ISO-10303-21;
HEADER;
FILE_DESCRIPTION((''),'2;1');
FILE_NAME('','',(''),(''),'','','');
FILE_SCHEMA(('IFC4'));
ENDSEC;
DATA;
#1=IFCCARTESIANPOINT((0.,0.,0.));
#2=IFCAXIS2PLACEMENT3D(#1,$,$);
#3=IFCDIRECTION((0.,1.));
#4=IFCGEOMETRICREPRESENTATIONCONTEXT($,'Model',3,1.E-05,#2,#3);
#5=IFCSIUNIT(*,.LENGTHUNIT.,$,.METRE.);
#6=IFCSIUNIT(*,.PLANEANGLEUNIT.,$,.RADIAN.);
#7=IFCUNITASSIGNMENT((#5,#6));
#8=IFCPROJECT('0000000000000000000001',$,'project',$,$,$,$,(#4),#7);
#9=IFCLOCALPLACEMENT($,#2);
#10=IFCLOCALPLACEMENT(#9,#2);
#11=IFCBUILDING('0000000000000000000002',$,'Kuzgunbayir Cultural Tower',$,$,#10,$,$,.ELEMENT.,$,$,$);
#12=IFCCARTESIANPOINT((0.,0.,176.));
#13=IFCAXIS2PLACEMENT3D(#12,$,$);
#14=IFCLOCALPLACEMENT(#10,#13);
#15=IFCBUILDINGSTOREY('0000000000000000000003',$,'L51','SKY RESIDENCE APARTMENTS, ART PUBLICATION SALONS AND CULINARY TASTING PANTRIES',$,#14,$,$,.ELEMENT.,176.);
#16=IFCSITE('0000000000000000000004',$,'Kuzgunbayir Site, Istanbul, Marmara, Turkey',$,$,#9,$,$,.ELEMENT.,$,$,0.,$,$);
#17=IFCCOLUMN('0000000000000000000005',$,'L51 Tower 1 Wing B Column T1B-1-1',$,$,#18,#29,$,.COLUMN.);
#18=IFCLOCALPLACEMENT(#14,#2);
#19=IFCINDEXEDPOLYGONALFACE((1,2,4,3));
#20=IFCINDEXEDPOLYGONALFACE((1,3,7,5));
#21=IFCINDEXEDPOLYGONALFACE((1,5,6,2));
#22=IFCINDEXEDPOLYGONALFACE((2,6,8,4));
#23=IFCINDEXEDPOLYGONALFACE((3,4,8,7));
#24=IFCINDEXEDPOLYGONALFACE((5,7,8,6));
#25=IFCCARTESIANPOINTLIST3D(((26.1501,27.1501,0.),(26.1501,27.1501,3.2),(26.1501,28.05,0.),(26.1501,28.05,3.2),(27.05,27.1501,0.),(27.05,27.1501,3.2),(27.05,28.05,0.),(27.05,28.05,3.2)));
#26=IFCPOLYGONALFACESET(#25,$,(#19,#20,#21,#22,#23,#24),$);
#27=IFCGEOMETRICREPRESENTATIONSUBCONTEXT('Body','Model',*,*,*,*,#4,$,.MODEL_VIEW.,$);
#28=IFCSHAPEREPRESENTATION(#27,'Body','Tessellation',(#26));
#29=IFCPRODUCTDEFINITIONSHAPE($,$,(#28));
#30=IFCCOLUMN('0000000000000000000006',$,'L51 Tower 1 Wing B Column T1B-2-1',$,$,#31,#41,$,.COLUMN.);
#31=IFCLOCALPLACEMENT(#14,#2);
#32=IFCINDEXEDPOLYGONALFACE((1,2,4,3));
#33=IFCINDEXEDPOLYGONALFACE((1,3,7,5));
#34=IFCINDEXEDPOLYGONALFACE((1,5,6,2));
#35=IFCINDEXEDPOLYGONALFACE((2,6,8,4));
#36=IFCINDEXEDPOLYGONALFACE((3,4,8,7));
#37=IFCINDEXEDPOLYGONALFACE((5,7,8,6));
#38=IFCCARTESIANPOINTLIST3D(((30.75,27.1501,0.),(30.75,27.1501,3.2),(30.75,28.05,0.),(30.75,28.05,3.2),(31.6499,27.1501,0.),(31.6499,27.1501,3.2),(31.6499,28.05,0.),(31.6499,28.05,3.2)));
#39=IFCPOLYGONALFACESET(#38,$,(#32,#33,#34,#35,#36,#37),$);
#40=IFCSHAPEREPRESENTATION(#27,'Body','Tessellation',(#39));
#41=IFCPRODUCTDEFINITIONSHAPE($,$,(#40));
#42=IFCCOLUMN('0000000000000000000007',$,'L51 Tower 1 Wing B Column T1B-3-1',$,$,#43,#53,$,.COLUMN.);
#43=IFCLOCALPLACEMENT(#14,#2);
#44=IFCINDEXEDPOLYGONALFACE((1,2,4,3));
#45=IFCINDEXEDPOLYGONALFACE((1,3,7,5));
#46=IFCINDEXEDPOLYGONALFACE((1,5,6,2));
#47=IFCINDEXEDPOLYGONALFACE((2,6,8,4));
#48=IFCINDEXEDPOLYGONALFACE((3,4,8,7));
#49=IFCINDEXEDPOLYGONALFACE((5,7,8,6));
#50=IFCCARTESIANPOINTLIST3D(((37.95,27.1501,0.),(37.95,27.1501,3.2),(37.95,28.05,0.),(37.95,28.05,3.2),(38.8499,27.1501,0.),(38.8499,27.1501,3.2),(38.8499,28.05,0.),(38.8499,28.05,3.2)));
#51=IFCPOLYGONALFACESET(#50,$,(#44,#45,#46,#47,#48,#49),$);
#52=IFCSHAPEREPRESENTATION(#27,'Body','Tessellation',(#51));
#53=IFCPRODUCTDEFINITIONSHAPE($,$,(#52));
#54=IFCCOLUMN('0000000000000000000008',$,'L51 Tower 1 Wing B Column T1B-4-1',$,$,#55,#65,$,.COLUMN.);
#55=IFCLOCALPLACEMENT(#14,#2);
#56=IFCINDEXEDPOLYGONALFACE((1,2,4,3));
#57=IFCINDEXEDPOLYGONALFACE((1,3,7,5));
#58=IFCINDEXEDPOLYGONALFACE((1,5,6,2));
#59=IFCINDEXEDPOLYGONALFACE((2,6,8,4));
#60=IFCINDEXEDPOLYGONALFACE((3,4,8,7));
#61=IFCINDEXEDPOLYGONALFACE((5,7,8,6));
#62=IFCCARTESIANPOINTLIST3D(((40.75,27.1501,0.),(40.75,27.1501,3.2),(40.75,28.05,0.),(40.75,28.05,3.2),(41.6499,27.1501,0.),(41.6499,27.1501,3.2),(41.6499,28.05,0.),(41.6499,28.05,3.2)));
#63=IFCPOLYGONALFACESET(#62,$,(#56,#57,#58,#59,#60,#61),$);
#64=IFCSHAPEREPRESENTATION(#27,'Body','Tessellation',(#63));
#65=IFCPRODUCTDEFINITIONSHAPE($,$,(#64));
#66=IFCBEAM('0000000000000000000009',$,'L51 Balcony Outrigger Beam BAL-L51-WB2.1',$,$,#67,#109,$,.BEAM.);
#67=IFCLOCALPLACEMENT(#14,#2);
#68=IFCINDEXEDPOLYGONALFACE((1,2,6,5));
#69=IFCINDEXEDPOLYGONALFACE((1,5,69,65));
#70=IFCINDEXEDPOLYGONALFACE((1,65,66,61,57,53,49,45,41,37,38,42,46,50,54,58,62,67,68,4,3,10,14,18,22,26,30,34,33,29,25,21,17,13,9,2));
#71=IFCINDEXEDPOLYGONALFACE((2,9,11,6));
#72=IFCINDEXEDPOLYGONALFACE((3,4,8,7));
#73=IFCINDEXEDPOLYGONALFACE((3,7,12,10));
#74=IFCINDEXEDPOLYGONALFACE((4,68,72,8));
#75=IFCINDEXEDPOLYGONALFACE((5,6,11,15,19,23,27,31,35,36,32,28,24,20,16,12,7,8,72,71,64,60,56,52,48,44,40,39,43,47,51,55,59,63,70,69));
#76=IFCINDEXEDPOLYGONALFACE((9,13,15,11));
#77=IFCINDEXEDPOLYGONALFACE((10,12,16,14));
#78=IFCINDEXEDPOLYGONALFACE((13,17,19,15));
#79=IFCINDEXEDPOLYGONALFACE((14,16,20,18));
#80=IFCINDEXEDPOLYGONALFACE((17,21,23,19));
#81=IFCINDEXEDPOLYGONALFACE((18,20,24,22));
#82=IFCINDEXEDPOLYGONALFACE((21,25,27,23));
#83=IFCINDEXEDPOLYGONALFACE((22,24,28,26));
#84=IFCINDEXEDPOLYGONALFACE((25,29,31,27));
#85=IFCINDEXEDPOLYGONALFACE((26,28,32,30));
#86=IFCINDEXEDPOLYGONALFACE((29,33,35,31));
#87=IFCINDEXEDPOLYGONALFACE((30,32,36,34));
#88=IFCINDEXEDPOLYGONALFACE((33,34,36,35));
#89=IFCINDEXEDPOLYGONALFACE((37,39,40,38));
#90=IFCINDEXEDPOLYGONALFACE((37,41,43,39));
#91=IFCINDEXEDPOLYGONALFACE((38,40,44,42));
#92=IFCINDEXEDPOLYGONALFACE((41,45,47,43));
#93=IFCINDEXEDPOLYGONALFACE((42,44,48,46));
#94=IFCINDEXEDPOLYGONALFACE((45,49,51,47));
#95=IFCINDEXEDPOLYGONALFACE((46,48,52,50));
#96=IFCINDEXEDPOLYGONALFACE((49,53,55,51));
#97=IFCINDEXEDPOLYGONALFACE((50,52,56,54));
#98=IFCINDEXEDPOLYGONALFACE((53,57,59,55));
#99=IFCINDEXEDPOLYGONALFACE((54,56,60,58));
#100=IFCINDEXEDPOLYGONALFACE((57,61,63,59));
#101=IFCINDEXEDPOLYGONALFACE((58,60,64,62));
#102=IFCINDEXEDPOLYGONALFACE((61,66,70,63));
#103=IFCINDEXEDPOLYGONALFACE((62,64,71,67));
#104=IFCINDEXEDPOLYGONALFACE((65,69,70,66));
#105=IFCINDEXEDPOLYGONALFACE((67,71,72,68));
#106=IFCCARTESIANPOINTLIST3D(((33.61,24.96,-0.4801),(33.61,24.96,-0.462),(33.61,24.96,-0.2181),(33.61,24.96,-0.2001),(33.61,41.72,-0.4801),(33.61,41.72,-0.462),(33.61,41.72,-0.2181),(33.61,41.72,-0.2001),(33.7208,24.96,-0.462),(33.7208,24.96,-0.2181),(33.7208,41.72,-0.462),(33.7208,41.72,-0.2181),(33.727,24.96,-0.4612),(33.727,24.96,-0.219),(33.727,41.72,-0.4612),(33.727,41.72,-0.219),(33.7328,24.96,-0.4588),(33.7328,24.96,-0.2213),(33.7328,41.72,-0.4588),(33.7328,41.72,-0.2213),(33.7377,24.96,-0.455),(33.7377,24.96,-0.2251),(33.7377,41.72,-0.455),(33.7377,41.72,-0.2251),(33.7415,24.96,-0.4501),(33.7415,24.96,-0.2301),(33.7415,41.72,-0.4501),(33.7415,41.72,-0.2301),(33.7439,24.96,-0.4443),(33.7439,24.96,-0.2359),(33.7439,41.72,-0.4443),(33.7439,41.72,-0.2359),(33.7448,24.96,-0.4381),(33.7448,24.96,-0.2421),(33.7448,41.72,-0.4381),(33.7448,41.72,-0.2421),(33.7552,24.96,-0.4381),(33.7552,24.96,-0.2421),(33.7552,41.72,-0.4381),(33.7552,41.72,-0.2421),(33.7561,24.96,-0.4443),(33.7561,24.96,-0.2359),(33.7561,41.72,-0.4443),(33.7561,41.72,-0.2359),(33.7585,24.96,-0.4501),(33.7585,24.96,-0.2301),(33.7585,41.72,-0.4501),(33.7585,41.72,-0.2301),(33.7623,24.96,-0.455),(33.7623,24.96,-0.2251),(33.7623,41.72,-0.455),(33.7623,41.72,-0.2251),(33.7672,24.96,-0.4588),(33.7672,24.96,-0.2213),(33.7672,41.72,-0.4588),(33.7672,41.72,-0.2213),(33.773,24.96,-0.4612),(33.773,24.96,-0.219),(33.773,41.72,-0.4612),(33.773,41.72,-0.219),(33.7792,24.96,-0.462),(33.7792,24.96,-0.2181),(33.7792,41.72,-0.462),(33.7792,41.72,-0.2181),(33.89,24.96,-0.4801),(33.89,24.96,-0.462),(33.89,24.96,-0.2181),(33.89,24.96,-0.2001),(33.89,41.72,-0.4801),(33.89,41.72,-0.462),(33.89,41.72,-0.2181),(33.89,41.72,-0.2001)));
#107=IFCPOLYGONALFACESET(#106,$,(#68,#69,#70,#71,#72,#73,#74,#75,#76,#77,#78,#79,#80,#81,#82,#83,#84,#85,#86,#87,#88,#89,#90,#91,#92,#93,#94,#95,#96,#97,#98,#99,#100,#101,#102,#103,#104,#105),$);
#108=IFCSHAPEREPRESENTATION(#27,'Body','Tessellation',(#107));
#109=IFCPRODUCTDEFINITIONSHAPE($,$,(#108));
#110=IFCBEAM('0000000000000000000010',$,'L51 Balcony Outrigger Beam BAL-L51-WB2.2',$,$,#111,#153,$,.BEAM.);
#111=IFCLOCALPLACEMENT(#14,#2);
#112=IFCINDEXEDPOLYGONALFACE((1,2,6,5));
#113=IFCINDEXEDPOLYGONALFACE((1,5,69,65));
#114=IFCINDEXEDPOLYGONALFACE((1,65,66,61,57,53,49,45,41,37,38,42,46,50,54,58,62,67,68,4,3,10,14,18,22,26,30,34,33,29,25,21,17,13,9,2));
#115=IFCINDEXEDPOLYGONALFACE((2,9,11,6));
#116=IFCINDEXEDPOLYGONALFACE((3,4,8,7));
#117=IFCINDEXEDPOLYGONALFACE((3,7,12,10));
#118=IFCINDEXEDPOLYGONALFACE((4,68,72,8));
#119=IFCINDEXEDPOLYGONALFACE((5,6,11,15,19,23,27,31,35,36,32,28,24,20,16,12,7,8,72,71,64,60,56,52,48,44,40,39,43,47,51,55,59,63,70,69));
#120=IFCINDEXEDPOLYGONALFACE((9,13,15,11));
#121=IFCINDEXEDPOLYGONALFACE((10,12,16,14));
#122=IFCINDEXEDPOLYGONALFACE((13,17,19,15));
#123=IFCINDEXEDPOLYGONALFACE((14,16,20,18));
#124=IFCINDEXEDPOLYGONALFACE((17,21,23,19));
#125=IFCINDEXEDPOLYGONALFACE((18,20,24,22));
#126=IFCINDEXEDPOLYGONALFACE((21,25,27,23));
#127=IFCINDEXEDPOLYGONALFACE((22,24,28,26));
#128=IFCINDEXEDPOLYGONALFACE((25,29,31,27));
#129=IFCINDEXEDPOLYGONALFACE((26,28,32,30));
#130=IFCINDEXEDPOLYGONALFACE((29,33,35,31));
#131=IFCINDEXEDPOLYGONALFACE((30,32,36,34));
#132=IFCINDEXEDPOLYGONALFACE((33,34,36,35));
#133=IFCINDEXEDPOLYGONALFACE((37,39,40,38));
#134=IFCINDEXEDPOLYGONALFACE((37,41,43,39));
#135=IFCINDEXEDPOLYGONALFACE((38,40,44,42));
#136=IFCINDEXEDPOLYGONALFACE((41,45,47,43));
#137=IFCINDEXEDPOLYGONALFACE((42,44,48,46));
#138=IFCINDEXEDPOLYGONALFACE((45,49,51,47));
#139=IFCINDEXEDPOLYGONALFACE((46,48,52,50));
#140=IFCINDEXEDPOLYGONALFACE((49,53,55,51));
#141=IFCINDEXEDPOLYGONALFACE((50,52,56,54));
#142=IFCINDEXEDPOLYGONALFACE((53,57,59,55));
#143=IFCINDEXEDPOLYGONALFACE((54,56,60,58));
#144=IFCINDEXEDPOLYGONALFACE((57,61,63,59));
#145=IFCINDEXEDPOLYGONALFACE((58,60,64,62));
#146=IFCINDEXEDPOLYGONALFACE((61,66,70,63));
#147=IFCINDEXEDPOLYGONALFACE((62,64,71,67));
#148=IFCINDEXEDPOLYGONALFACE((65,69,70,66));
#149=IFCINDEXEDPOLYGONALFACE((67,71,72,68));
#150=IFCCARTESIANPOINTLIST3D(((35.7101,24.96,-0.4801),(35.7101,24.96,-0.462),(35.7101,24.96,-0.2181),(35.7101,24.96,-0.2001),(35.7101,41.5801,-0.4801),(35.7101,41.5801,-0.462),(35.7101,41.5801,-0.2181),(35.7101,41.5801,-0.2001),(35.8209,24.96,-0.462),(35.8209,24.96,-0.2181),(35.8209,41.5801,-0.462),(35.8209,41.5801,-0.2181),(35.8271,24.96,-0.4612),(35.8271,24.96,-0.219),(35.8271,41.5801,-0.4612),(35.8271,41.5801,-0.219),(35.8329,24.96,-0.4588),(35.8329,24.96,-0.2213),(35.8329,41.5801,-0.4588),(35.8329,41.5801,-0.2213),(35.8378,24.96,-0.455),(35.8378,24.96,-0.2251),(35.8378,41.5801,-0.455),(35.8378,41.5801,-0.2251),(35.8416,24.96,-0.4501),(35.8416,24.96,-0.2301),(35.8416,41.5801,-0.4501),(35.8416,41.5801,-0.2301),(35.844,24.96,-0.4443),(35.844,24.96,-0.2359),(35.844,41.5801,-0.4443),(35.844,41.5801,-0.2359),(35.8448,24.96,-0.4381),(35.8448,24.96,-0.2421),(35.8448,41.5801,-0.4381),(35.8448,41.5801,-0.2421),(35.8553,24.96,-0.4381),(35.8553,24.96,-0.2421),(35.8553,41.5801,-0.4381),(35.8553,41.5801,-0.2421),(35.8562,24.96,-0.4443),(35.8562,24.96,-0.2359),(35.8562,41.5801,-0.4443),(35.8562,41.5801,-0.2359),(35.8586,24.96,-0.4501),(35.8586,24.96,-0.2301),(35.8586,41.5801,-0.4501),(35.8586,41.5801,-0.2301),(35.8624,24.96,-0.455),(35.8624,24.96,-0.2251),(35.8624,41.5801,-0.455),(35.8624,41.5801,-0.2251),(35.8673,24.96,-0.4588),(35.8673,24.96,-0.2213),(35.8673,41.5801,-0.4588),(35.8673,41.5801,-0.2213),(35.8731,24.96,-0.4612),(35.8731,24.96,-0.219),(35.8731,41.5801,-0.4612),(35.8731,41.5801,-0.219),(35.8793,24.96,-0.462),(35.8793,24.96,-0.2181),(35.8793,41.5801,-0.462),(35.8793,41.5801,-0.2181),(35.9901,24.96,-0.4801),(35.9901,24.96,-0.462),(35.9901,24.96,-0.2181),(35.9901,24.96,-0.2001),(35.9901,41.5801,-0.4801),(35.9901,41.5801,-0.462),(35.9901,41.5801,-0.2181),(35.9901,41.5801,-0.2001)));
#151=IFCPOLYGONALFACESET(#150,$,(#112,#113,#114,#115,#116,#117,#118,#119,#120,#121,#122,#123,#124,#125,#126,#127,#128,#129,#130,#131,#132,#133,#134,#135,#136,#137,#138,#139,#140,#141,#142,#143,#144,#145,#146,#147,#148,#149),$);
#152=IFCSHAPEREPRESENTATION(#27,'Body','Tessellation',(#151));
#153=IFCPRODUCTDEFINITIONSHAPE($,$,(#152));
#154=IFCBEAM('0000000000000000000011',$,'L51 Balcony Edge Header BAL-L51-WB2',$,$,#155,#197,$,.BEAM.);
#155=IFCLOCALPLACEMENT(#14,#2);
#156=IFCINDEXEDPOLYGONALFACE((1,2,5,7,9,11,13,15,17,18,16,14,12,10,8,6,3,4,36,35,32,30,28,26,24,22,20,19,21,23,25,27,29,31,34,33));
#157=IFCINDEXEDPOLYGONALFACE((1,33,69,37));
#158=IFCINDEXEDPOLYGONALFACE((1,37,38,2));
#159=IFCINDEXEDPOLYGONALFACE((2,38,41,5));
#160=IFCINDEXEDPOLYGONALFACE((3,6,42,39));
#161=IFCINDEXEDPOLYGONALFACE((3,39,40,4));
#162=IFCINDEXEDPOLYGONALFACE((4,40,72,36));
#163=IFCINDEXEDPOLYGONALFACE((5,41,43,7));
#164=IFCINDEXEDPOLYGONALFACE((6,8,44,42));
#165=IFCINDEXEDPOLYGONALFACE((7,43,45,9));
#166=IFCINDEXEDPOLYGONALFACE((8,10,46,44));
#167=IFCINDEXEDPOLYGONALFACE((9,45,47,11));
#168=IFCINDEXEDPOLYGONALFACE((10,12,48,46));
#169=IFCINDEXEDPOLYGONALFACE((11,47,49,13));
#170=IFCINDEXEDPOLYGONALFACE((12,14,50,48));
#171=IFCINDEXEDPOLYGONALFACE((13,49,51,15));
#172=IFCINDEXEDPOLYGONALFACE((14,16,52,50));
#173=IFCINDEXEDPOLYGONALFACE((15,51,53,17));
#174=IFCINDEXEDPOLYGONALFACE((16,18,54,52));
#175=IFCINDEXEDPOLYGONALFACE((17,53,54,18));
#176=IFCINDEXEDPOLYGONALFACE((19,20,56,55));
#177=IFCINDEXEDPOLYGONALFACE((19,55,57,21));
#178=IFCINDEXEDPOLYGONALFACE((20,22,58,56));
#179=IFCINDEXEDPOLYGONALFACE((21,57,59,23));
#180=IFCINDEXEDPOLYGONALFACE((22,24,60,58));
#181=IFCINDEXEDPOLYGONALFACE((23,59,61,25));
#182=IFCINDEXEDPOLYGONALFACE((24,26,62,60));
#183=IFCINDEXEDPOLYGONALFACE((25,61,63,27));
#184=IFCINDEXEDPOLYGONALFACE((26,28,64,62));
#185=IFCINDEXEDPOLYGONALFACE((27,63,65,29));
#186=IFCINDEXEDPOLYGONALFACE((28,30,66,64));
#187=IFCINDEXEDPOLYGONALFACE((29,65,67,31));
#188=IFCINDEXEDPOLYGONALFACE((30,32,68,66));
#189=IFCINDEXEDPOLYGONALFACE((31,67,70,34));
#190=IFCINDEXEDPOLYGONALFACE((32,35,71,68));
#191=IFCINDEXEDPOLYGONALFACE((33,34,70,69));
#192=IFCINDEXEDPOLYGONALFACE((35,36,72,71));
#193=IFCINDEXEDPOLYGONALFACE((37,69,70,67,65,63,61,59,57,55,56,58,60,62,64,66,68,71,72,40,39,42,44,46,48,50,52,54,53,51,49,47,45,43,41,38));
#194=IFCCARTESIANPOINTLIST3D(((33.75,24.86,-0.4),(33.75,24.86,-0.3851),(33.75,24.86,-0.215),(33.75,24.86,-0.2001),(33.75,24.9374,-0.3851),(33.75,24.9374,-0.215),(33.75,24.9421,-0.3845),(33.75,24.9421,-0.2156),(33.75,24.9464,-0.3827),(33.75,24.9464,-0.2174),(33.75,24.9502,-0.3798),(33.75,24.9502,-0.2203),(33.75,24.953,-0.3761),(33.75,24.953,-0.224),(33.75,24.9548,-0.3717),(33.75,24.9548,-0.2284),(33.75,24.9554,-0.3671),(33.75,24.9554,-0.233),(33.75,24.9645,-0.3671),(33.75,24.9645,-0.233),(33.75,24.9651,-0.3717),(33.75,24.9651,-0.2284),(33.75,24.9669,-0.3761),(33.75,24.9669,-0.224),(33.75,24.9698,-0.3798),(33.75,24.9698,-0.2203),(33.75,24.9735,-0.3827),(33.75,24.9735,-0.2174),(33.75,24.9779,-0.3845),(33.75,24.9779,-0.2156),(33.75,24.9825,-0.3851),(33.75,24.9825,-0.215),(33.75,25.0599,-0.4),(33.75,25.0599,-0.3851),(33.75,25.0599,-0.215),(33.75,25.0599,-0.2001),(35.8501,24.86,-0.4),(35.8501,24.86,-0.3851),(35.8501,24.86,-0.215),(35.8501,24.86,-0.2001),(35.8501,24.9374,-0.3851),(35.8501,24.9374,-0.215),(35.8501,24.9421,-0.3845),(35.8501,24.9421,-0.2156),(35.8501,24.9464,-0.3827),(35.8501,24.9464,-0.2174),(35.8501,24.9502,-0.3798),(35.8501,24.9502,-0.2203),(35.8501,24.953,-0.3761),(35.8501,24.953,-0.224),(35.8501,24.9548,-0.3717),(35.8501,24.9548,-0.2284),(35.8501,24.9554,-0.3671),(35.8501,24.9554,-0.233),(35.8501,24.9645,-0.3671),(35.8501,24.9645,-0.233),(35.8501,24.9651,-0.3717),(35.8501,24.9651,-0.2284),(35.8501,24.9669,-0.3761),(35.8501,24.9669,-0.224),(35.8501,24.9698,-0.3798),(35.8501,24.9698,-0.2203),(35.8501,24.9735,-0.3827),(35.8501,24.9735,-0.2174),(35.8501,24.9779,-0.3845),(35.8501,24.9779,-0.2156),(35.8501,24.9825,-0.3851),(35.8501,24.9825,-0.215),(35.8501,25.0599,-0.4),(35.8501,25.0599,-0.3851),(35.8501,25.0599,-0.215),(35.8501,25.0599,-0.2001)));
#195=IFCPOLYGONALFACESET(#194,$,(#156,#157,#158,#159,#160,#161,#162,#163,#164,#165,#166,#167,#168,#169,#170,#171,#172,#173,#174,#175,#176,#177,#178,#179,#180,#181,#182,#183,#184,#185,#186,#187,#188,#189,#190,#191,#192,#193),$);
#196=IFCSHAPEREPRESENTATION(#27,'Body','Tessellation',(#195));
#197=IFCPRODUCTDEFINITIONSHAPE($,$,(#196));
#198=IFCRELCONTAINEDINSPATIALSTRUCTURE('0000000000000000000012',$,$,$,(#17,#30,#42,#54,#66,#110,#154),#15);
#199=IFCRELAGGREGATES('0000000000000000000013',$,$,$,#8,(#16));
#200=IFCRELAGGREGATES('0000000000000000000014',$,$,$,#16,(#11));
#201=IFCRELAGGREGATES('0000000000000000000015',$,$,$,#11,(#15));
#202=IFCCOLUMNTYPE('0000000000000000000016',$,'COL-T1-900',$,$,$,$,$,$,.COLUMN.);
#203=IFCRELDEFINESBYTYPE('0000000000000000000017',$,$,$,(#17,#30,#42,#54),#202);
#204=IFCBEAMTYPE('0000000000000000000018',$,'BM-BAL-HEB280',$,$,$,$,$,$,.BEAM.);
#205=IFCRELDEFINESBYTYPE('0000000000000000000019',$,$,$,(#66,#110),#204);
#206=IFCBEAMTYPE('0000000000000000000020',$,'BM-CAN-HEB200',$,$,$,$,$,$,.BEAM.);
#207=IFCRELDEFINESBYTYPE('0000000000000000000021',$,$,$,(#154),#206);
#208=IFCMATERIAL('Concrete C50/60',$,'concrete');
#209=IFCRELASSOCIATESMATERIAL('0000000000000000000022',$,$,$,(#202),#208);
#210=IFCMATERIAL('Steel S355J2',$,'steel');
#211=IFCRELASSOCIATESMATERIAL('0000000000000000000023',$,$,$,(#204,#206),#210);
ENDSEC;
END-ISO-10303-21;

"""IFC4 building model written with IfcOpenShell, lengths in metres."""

from ifc_helpers import new_model, si_unit, direction, frame, origin, origin_2d, place, context, subcontext, project, spatial, rectangle, i_section, extrude, material, material_profile, profile_set, type_object, element, save


model = new_model("IFC4")

# Units and contexts
model_context = context("Model", 3, precision=1e-05, world=origin(), true_north=direction((0.0, 1.0)))
body_context = subcontext(model_context, "Body", "Model", "MODEL_VIEW")
ifc_project = project(units=[si_unit("LENGTHUNIT", "METRE"), si_unit("PLANEANGLEUNIT", "RADIAN")], contexts=[model_context])

# Site, building, storey
site_placement = place(None, origin())
site = spatial("IfcSite", under=ifc_project, at=site_placement, Name="Kuzgunbayir Site, Istanbul, Marmara, Turkey", CompositionType="ELEMENT", RefElevation=0.0)
building_placement = place(site_placement, origin())
building = spatial("IfcBuilding", under=site, at=building_placement, Name="Kuzgunbayir Cultural Tower", CompositionType="ELEMENT")
storey_placement = place(building_placement, frame((0.0, 0.0, 176.0)))
storey = spatial("IfcBuildingStorey", under=building, at=storey_placement, Name="L51", Description="SKY RESIDENCE APARTMENTS, ART PUBLICATION SALONS AND CULINARY TASTING PANTRIES", CompositionType="ELEMENT", Elevation=176.0)

# Columns
ifc_material_1 = material(Name="Concrete C50/60", Category="concrete")
ifc_material_profile_1 = material_profile(ifc_material_1, rectangle(XDim=0.8999, YDim=0.8999, at=origin_2d()), Name="RC 900x900")
ifc_profile_set_1 = profile_set([ifc_material_profile_1], Name="Concrete C50/60")
column_type = type_object("IfcColumnType", Name="COL-T1-900", PredefinedType="COLUMN", material=ifc_profile_set_1)
for number, where, z_axis, x_axis, name in (
    (1, (26.6001, 27.6001, 0.0), (0.0, 0.0, 1.0), (1.0, 0.0, 0.0), "L51 Tower 1 Wing B Column T1B-1-1"),
    (2, (31.2, 27.6001, 0.0), (0.0, 0.0, 1.0), (1.0, 0.0, 0.0), "L51 Tower 1 Wing B Column T1B-2-1"),
    (3, (38.3999, 27.6001, 0.0), (0.0, 0.0, 1.0), (1.0, 0.0, 0.0), "L51 Tower 1 Wing B Column T1B-3-1"),
    (4, (41.2, 27.6001, 0.0), (0.0, 0.0, 1.0), (1.0, 0.0, 0.0), "L51 Tower 1 Wing B Column T1B-4-1"),
):
    element("IfcColumn", number, at=place(storey_placement, frame(where, z_axis=z_axis, x_axis=x_axis)), inside=storey, type_object=column_type, Name=name, PredefinedType="COLUMN", context=body_context, shape_type="SweptSolid", body=[
        extrude(rectangle(XDim=0.8999, YDim=0.8999, at=origin_2d()), origin(), (0.0, 0.0, 1.0), 3.2),
    ])

# Beams
ifc_material_2 = material(Name="Steel S355J2", Category="steel")
ifc_material_profile_2 = material_profile(ifc_material_2, i_section(OverallWidth=0.28, OverallDepth=0.28, WebThickness=0.0105, FlangeThickness=0.0181, FilletRadius=0.0239, at=origin_2d()), Name="HEB 280")
ifc_profile_set_2 = profile_set([ifc_material_profile_2], Name="Steel S355J2")
beam_type_1 = type_object("IfcBeamType", Name="BM-BAL-HEB280", PredefinedType="BEAM", material=ifc_profile_set_2)
beam_1_placement = place(storey_placement, frame((33.75, 24.96, -0.3401), z_axis=(0.0, 1.0, 0.0), x_axis=(-1.0, 0.0, 0.0)))
element("IfcBeam", 5, at=beam_1_placement, inside=storey, type_object=beam_type_1, Name="L51 Balcony Outrigger Beam BAL-L51-WB2.1", PredefinedType="BEAM", context=body_context, shape_type="SweptSolid", body=[
    extrude(i_section(OverallWidth=0.28, OverallDepth=0.28, WebThickness=0.0105, FlangeThickness=0.0181, FilletRadius=0.0239, at=origin_2d()), origin(), (0.0, 0.0, 1.0), 16.76),
])
beam_2_placement = place(storey_placement, frame((35.8501, 24.96, -0.3401), z_axis=(0.0, 1.0, 0.0), x_axis=(-1.0, 0.0, 0.0)))
element("IfcBeam", 6, at=beam_2_placement, inside=storey, type_object=beam_type_1, Name="L51 Balcony Outrigger Beam BAL-L51-WB2.2", PredefinedType="BEAM", context=body_context, shape_type="SweptSolid", body=[
    extrude(i_section(OverallWidth=0.28, OverallDepth=0.28, WebThickness=0.0105, FlangeThickness=0.0181, FilletRadius=0.0239, at=origin_2d()), origin(), (0.0, 0.0, 1.0), 16.6201),
])
ifc_material_profile_3 = material_profile(ifc_material_2, i_section(OverallWidth=0.2, OverallDepth=0.2, WebThickness=0.009, FlangeThickness=0.0149, FilletRadius=0.0181, at=origin_2d()), Name="HEB 200")
ifc_profile_set_3 = profile_set([ifc_material_profile_3], Name="Steel S355J2")
beam_type_2 = type_object("IfcBeamType", Name="BM-CAN-HEB200", PredefinedType="BEAM", material=ifc_profile_set_3)
beam_3_placement = place(storey_placement, frame((33.75, 24.96, -0.3), z_axis=(1.0, 0.0, 0.0), x_axis=(0.0, 1.0, 0.0)))
element("IfcBeam", 7, at=beam_3_placement, inside=storey, type_object=beam_type_2, Name="L51 Balcony Edge Header BAL-L51-WB2", PredefinedType="BEAM", context=body_context, shape_type="SweptSolid", body=[
    extrude(i_section(OverallWidth=0.2, OverallDepth=0.2, WebThickness=0.009, FlangeThickness=0.0149, FilletRadius=0.0181, at=origin_2d()), origin(), (0.0, 0.0, 1.0), 2.1001),
])

save(model, "model.ifc")
